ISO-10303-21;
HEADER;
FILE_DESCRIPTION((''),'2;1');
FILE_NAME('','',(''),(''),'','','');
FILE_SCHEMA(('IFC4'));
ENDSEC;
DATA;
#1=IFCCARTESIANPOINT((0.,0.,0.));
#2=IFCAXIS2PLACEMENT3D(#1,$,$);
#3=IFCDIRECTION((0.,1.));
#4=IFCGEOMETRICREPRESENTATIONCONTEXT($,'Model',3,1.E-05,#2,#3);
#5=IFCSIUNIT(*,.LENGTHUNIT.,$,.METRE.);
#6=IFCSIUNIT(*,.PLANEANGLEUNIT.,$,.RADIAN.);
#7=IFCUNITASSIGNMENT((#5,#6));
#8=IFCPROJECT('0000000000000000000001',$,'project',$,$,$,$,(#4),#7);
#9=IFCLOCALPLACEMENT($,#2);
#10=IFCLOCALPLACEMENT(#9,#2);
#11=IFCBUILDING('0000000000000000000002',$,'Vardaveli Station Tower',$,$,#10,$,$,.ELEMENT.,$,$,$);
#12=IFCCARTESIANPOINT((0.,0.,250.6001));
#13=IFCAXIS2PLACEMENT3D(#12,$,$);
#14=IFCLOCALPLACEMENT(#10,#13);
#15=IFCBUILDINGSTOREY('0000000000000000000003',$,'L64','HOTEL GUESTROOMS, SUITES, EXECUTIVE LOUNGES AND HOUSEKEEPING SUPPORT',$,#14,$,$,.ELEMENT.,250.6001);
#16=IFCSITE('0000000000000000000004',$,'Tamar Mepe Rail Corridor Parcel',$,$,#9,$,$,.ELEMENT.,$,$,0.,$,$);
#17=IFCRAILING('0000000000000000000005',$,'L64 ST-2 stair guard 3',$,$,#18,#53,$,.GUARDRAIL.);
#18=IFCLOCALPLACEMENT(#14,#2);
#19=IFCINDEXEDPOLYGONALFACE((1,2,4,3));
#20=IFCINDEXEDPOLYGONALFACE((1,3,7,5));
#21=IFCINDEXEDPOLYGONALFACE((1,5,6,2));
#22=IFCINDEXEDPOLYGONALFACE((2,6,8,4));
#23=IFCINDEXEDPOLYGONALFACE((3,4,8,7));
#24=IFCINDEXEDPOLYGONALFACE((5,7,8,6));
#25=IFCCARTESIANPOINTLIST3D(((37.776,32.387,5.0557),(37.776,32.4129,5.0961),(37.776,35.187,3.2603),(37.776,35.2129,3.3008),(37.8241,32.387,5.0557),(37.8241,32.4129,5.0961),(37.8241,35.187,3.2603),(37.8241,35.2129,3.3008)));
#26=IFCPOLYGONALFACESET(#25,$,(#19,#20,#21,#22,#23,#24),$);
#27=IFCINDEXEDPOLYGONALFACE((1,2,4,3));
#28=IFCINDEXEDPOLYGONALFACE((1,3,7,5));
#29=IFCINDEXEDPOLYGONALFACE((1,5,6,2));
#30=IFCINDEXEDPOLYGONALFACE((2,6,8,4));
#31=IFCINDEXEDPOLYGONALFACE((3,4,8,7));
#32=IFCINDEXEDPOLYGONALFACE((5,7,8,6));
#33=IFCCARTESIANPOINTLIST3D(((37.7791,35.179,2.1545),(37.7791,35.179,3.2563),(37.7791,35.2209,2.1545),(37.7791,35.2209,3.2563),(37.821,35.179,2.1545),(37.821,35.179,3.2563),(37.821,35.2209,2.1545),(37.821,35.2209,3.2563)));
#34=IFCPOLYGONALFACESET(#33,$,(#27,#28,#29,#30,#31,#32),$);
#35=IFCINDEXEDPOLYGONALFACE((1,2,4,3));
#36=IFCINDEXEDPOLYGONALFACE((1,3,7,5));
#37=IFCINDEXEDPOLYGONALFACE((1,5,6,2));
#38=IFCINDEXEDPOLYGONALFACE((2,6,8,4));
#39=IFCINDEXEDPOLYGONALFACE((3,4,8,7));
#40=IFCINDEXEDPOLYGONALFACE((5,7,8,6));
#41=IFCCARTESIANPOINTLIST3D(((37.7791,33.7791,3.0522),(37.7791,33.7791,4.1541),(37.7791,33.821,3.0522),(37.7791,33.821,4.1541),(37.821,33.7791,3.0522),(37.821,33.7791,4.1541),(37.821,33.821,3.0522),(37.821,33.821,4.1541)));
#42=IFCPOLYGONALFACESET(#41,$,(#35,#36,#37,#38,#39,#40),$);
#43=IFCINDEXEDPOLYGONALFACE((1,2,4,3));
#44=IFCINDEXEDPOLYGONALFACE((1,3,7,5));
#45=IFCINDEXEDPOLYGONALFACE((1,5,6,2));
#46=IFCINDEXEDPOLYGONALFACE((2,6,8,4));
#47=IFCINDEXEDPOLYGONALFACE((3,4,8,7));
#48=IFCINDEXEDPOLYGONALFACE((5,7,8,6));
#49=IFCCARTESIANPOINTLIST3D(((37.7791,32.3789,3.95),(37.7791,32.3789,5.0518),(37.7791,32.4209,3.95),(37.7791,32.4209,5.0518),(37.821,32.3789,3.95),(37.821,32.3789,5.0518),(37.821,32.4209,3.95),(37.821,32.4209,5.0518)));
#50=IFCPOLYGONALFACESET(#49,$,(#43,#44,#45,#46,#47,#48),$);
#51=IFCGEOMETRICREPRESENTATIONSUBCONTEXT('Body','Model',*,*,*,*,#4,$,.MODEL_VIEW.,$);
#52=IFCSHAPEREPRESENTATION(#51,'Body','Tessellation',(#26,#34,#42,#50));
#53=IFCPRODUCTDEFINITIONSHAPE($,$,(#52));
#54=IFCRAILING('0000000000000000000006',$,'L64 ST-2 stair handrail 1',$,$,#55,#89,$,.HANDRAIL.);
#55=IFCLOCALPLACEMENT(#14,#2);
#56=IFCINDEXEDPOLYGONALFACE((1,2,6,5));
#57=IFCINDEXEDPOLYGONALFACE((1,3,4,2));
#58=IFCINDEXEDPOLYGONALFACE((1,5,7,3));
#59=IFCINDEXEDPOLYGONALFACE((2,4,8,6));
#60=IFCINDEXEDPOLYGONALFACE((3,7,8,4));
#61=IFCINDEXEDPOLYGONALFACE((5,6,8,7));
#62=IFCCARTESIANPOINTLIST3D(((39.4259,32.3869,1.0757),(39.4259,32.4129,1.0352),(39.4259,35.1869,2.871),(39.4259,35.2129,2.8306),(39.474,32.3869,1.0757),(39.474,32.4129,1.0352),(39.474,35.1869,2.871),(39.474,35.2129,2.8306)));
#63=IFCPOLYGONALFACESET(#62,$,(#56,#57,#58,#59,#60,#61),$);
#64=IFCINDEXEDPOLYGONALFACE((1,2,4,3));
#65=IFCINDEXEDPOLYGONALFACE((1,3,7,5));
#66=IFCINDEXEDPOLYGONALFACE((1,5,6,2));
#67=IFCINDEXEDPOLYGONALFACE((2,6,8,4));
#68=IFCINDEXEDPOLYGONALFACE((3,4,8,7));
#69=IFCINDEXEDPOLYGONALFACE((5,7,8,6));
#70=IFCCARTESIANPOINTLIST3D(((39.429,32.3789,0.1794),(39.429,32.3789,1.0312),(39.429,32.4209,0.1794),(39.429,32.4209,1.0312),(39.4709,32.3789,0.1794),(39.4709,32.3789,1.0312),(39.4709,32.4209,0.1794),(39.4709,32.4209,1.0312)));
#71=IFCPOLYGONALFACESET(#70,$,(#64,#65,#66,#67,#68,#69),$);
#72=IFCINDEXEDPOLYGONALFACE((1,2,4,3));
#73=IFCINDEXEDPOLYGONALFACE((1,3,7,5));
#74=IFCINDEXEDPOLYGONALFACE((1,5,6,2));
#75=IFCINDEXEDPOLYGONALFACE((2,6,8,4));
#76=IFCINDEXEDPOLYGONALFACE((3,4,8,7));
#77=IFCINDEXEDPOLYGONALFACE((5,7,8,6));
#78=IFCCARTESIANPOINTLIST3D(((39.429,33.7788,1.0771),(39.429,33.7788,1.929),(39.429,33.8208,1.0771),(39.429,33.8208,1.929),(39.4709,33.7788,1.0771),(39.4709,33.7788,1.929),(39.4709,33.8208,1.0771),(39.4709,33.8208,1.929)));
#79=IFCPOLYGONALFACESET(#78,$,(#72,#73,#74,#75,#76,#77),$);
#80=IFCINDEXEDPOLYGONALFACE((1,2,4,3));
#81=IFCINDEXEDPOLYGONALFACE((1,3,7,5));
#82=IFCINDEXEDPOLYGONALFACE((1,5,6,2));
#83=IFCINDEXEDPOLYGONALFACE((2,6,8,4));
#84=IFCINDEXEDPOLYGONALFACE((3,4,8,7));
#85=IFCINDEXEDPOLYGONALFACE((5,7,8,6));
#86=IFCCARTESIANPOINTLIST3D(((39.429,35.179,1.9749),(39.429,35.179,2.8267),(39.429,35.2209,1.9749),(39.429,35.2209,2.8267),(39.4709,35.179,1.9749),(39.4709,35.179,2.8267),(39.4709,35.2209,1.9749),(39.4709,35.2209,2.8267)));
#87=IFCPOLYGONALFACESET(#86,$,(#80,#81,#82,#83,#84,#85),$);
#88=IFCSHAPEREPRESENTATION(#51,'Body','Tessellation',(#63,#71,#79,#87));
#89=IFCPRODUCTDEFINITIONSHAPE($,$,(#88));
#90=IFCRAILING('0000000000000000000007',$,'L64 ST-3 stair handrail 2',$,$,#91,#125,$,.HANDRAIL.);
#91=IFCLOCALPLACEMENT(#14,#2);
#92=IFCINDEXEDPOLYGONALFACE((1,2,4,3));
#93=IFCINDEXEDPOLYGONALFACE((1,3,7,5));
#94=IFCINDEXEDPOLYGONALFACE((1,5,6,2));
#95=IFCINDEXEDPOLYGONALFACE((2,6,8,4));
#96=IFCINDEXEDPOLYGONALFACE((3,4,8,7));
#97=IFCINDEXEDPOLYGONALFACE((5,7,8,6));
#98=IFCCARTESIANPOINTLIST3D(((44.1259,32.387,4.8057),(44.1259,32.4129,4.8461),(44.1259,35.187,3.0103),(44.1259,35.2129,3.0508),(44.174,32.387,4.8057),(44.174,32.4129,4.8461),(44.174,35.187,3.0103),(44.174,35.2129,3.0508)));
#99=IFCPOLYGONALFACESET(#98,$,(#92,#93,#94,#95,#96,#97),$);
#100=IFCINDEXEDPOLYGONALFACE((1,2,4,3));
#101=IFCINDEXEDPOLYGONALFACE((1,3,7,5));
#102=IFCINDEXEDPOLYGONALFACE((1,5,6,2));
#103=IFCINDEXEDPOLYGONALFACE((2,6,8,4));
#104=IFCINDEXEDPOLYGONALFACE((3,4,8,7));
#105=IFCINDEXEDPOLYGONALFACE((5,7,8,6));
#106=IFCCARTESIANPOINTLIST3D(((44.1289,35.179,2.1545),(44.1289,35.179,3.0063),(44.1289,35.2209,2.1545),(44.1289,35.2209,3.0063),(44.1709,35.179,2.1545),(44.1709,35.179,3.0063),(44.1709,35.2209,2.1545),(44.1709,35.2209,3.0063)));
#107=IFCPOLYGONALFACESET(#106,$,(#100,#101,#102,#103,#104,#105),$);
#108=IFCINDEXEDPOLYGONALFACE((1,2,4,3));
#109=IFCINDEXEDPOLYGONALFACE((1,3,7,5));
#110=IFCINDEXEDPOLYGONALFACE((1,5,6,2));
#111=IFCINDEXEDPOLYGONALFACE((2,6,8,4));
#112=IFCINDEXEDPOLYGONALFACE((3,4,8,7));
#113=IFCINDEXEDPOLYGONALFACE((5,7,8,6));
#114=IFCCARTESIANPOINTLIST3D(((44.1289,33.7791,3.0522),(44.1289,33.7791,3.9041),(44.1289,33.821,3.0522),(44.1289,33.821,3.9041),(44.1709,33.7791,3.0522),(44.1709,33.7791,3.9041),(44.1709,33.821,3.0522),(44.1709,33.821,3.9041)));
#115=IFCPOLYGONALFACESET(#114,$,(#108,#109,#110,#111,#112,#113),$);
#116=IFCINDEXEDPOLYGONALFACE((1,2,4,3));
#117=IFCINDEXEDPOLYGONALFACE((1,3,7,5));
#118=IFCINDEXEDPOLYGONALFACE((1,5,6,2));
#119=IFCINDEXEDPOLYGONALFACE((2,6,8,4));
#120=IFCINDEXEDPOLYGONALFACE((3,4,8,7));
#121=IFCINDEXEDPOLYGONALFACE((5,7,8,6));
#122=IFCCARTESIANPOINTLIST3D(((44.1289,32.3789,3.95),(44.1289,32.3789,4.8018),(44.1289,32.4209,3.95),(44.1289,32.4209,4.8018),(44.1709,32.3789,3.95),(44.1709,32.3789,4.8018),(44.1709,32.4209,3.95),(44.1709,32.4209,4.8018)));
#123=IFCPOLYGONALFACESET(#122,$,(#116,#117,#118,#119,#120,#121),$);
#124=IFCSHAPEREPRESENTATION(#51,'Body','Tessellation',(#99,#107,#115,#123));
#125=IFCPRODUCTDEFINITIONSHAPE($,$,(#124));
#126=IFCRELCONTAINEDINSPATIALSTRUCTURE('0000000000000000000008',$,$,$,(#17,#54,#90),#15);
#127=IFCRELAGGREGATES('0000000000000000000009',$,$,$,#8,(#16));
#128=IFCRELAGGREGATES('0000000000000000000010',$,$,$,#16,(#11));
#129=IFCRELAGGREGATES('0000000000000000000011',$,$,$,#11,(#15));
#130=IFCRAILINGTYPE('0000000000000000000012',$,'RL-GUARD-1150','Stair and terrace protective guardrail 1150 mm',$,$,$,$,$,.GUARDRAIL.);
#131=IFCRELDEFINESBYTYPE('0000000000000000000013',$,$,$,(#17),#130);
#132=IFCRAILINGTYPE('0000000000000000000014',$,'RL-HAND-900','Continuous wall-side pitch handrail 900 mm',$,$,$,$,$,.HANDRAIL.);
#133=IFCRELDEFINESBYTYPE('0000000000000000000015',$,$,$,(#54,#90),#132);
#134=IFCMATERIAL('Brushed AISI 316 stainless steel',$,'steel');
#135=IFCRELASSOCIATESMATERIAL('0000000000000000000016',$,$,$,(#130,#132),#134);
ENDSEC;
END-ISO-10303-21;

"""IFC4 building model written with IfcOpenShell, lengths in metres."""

from ifc_helpers import new_model, si_unit, direction, frame, origin, origin_2d, place, context, subcontext, project, spatial, rectangle, extrude, source, transform, mapped, material, type_object, element, save


model = new_model("IFC4")

# Units and contexts
model_context = context("Model", 3, precision=1e-05, world=origin(), true_north=direction((0.0, 1.0)))
body_context = subcontext(model_context, "Body", "Model", "MODEL_VIEW")
ifc_project = project(units=[si_unit("LENGTHUNIT", "METRE"), si_unit("PLANEANGLEUNIT", "RADIAN")], contexts=[model_context])

# Site, building, storey
site_placement = place(None, origin())
site = spatial("IfcSite", under=ifc_project, at=site_placement, Name="Tamar Mepe Rail Corridor Parcel", CompositionType="ELEMENT", RefElevation=0.0)
building_placement = place(site_placement, origin())
building = spatial("IfcBuilding", under=site, at=building_placement, Name="Vardaveli Station Tower", CompositionType="ELEMENT")
storey_placement = place(building_placement, frame((0.0, 0.0, 250.6001)))
storey = spatial("IfcBuildingStorey", under=building, at=storey_placement, Name="L64", Description="HOTEL GUESTROOMS, SUITES, EXECUTIVE LOUNGES AND HOUSEKEEPING SUPPORT", CompositionType="ELEMENT", Elevation=250.6001)

# Railings
ifc_material_1 = material(Name="Brushed AISI 316 stainless steel", Category="steel")
railing_type_1 = type_object("IfcRailingType", Name="RL-GUARD-1150", Description="Stair and terrace protective guardrail 1150 mm", PredefinedType="GUARDRAIL", material=ifc_material_1)
shared_shape_1 = source(origin(), body_context, "Body", "SweptSolid", [
    extrude(rectangle(XDim=0.0481, YDim=0.0481, at=origin_2d()), frame((0.0, 0.0, 1.126), z_axis=(0.0, -0.84181, 0.539774), x_axis=(1.0, 0.0, 0.0)), (0.0, 0.0, 1.0), 3.3262),
    extrude(rectangle(XDim=0.042, YDim=0.042, at=origin_2d()), origin(), (0.0, 0.0, 1.0), 1.1018),
    extrude(rectangle(XDim=0.042, YDim=0.042, at=origin_2d()), frame((0.0, -1.3999, 0.8977)), (0.0, 0.0, 1.0), 1.1018),
    extrude(rectangle(XDim=0.042, YDim=0.042, at=origin_2d()), frame((0.0, -2.8, 1.7954)), (0.0, 0.0, 1.0), 1.1018),
])
railing_1_placement = place(storey_placement, frame((37.8, 35.2, 2.1545)))
element("IfcRailing", 1, at=railing_1_placement, inside=storey, type_object=railing_type_1, Name="L64 ST-2 stair guard 3", PredefinedType="GUARDRAIL", context=body_context, shape_type="MappedRepresentation", body=[
    mapped(shared_shape_1, transform((0.0, 0.0, 0.0), scale=1.0)),
])
railing_type_2 = type_object("IfcRailingType", Name="RL-HAND-900", Description="Continuous wall-side pitch handrail 900 mm", PredefinedType="HANDRAIL", material=ifc_material_1)
shared_shape_2 = source(origin(), body_context, "Body", "SweptSolid", [
    extrude(rectangle(XDim=0.0481, YDim=0.0481, at=origin_2d()), frame((0.0, 0.0, 0.876), z_axis=(0.0, 0.84181, 0.539774), x_axis=(-1.0, 0.0, 0.0)), (0.0, 0.0, 1.0), 3.3262),
    extrude(rectangle(XDim=0.042, YDim=0.042, at=origin_2d()), origin(), (0.0, 0.0, 1.0), 0.8518),
    extrude(rectangle(XDim=0.042, YDim=0.042, at=origin_2d()), frame((0.0, 1.3999, 0.8977)), (0.0, 0.0, 1.0), 0.8518),
    extrude(rectangle(XDim=0.042, YDim=0.042, at=origin_2d()), frame((0.0, 2.8, 1.7954)), (0.0, 0.0, 1.0), 0.8518),
])
railing_2_placement = place(storey_placement, frame((39.45, 32.3999, 0.1794)))
element("IfcRailing", 2, at=railing_2_placement, inside=storey, type_object=railing_type_2, Name="L64 ST-2 stair handrail 1", PredefinedType="HANDRAIL", context=body_context, shape_type="MappedRepresentation", body=[
    mapped(shared_shape_2, transform((0.0, 0.0, 0.0), scale=1.0)),
])
shared_shape_3 = source(origin(), body_context, "Body", "SweptSolid", [
    extrude(rectangle(XDim=0.0481, YDim=0.0481, at=origin_2d()), frame((0.0, 0.0, 0.876), z_axis=(0.0, -0.84181, 0.539774), x_axis=(1.0, 0.0, 0.0)), (0.0, 0.0, 1.0), 3.3262),
    extrude(rectangle(XDim=0.042, YDim=0.042, at=origin_2d()), origin(), (0.0, 0.0, 1.0), 0.8518),
    extrude(rectangle(XDim=0.042, YDim=0.042, at=origin_2d()), frame((0.0, -1.3999, 0.8977)), (0.0, 0.0, 1.0), 0.8518),
    extrude(rectangle(XDim=0.042, YDim=0.042, at=origin_2d()), frame((0.0, -2.8, 1.7954)), (0.0, 0.0, 1.0), 0.8518),
])
railing_3_placement = place(storey_placement, frame((44.1499, 35.2, 2.1545)))
element("IfcRailing", 3, at=railing_3_placement, inside=storey, type_object=railing_type_2, Name="L64 ST-3 stair handrail 2", PredefinedType="HANDRAIL", context=body_context, shape_type="MappedRepresentation", body=[
    mapped(shared_shape_3, transform((0.0, 0.0, 0.0), scale=1.0)),
])

save(model, "model.ifc")
